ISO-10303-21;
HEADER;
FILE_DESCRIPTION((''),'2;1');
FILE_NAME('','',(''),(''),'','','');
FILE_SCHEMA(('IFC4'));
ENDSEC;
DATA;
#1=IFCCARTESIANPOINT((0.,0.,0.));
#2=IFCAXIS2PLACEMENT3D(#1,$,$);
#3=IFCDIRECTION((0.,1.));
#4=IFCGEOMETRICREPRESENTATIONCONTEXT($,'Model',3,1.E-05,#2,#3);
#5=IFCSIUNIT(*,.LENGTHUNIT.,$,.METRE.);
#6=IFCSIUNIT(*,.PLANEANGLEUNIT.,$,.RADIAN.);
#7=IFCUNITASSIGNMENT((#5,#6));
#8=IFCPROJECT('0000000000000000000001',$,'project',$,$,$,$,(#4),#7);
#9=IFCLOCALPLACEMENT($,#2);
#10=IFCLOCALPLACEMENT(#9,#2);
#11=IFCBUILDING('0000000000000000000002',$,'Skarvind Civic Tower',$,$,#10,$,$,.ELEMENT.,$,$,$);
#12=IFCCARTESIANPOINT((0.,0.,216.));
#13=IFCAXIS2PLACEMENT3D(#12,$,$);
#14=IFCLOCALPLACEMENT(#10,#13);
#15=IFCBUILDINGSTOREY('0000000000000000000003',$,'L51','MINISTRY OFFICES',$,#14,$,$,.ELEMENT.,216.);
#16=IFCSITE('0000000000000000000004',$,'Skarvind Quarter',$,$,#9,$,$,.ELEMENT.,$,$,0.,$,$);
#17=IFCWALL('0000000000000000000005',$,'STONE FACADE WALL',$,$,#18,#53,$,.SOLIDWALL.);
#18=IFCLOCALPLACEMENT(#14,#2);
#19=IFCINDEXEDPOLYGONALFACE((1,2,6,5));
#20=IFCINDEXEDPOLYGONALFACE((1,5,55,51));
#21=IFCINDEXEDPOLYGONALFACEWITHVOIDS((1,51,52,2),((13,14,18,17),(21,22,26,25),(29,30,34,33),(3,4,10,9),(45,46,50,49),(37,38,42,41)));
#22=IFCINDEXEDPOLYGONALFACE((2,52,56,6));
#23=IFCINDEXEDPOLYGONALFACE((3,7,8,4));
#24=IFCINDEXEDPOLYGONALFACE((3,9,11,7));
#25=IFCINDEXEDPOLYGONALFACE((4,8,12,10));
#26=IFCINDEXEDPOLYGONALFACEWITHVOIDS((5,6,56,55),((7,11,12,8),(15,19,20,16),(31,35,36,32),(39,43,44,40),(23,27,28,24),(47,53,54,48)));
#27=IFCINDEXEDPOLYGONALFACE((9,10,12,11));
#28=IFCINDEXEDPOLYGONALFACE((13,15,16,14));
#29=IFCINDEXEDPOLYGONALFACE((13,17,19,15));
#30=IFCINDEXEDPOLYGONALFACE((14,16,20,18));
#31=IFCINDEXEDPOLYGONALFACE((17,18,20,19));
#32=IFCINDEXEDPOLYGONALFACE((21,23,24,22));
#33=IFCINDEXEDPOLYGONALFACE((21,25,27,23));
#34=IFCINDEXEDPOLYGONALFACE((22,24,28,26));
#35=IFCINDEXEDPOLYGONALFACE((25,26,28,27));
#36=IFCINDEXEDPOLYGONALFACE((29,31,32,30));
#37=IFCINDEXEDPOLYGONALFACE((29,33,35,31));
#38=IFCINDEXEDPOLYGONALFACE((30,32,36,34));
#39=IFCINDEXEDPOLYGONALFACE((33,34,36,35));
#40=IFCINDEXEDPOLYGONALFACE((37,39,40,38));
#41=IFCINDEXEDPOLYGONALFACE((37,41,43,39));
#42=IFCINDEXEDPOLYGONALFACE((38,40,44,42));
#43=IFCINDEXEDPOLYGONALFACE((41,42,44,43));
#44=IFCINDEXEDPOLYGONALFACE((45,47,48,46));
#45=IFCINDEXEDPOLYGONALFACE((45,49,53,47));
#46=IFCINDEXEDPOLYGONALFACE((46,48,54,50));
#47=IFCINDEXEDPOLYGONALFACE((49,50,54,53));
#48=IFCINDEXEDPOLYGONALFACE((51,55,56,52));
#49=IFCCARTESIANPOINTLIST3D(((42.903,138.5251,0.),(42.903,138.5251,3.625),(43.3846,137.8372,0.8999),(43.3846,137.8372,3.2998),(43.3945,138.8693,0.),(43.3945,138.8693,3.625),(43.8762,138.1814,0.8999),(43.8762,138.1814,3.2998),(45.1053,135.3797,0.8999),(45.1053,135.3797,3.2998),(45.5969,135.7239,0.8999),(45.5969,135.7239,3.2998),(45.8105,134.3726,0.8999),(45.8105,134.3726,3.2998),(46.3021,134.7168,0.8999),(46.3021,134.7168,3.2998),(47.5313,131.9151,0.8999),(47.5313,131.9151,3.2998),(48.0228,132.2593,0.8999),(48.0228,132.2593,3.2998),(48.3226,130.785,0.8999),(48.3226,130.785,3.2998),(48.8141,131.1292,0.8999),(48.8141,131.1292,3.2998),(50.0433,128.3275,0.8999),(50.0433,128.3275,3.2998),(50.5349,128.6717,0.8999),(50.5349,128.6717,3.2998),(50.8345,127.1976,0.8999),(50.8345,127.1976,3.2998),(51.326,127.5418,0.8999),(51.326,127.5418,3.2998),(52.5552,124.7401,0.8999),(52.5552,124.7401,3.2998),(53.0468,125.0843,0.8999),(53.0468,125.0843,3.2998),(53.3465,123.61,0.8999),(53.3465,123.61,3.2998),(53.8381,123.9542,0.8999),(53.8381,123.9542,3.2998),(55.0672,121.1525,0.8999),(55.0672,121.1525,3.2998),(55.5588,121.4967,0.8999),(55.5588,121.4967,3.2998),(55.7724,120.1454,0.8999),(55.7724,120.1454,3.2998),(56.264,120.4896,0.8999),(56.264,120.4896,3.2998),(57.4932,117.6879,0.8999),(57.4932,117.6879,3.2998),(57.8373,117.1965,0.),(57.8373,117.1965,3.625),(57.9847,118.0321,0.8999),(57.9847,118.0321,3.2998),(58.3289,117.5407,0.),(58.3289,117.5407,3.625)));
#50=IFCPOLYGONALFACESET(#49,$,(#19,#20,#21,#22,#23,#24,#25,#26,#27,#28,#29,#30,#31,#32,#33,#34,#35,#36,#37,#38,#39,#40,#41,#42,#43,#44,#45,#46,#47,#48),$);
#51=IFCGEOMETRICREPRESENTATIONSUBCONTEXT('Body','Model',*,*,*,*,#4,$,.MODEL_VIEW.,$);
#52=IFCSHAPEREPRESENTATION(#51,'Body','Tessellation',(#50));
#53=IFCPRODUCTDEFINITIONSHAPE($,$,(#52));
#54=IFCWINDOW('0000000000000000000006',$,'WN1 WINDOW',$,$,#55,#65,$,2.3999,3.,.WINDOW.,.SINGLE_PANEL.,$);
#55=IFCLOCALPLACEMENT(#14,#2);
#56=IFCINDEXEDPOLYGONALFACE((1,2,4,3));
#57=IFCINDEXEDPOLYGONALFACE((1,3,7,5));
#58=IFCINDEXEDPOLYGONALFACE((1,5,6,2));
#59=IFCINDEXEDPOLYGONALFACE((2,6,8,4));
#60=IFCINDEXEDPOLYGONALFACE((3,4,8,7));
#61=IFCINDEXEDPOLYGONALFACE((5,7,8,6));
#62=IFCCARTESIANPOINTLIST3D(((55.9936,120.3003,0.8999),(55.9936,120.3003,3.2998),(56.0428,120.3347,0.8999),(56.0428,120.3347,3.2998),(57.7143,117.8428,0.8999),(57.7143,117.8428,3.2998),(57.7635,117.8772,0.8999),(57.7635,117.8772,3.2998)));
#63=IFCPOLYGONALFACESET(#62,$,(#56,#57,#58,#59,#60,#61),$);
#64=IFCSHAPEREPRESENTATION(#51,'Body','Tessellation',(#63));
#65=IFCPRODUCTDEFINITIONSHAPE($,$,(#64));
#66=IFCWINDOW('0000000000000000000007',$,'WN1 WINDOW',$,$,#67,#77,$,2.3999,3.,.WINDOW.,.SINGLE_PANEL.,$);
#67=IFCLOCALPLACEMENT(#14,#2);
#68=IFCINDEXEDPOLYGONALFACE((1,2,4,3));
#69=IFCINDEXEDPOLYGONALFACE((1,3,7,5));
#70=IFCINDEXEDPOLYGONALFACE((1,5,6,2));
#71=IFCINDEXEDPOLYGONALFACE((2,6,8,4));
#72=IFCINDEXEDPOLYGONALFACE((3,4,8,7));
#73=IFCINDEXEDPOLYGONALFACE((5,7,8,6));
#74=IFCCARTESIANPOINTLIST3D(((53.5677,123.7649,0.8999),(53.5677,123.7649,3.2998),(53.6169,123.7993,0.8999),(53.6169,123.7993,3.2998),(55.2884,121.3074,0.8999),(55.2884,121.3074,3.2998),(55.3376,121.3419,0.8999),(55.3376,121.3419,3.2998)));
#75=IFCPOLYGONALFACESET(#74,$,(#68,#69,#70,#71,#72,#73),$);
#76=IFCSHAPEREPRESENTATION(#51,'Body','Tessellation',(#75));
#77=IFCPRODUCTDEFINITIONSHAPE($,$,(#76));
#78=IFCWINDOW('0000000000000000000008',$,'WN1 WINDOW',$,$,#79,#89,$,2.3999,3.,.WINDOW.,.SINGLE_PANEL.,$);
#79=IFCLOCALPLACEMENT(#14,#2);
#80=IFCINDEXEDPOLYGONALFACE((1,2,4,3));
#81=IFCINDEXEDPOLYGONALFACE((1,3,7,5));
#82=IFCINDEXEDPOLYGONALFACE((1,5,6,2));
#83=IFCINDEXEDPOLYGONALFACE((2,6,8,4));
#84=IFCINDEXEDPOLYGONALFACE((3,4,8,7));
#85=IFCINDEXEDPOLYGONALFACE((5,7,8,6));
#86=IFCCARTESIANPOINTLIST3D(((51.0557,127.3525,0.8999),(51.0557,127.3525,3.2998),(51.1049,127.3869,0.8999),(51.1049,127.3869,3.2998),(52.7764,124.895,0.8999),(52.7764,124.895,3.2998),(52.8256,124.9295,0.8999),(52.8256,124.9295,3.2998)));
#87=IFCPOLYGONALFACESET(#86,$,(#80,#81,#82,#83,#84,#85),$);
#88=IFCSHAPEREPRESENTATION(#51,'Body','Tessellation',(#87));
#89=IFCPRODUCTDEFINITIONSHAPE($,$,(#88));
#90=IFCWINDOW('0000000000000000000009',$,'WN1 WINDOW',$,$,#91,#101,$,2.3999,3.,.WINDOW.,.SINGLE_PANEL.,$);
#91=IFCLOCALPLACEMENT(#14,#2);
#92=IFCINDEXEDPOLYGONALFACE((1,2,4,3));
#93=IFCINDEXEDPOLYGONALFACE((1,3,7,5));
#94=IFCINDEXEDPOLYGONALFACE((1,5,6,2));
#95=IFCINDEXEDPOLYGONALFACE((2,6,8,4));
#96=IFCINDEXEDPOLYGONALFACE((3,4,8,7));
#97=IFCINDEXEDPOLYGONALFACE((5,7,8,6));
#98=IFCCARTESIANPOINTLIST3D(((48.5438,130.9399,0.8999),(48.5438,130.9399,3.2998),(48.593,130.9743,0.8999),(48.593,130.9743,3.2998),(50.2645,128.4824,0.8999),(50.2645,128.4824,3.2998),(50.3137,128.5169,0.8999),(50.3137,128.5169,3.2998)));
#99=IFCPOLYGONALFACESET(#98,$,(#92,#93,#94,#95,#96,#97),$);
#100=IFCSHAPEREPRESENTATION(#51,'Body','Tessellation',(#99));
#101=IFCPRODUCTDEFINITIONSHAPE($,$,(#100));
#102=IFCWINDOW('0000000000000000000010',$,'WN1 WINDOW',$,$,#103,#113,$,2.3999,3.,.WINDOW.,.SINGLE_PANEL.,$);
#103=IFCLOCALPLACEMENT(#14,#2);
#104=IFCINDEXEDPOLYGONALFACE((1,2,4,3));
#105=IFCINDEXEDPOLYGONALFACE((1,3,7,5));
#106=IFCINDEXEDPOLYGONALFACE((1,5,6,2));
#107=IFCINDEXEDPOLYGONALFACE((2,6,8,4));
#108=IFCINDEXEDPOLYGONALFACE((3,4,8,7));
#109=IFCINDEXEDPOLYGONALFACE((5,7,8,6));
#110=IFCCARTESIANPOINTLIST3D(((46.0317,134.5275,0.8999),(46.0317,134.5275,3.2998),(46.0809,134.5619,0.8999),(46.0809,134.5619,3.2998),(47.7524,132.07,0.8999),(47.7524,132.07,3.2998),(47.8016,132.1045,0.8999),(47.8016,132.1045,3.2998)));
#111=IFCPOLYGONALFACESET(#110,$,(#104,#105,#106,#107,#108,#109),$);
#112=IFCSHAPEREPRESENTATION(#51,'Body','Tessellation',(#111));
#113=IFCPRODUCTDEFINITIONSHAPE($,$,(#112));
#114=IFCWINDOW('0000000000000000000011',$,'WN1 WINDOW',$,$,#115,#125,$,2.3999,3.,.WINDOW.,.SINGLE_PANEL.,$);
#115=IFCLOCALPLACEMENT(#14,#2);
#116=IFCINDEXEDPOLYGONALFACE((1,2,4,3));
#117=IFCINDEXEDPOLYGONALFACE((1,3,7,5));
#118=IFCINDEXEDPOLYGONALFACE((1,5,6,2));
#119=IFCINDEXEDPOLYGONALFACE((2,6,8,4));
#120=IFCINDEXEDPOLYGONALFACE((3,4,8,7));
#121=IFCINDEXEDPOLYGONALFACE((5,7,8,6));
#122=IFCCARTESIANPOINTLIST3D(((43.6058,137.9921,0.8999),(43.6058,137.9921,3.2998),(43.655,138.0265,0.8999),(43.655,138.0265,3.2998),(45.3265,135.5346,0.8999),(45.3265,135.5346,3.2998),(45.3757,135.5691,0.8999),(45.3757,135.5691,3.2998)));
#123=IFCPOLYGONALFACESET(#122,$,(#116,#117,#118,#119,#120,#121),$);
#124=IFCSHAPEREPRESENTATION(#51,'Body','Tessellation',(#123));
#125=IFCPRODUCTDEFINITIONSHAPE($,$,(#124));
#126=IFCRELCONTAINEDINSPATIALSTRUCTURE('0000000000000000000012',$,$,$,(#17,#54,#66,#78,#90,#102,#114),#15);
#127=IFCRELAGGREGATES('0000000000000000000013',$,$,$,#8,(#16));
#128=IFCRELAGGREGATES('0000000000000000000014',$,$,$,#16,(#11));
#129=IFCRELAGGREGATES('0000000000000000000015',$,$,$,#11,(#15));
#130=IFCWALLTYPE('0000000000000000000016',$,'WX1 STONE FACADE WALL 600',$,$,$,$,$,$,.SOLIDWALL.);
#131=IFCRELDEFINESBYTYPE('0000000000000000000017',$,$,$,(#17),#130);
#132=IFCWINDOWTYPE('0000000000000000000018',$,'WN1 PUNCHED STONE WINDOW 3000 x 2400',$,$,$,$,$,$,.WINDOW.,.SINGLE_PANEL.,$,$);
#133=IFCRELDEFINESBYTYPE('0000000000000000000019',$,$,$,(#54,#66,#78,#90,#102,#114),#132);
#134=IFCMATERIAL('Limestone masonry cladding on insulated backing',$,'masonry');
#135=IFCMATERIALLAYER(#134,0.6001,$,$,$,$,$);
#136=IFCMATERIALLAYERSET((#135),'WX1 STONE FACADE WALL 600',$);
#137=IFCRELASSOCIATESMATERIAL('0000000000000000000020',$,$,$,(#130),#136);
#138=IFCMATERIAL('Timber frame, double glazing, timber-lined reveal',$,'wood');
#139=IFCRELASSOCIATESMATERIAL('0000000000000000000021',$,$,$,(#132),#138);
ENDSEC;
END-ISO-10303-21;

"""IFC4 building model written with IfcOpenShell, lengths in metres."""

from ifc_helpers import new_model, si_unit, direction, frame, frame_2d, origin, place, context, subcontext, project, spatial, rectangle, extrude, material, layer, layer_set, type_object, element, fill, save


model = new_model("IFC4")

# Units and contexts
model_context = context("Model", 3, precision=1e-05, world=origin(), true_north=direction((0.0, 1.0)))
body_context = subcontext(model_context, "Body", "Model", "MODEL_VIEW")
ifc_project = project(units=[si_unit("LENGTHUNIT", "METRE"), si_unit("PLANEANGLEUNIT", "RADIAN")], contexts=[model_context])

# Site, building, storey
site_placement = place(None, origin())
site = spatial("IfcSite", under=ifc_project, at=site_placement, Name="Skarvind Quarter", CompositionType="ELEMENT", RefElevation=0.0)
building_placement = place(site_placement, origin())
building = spatial("IfcBuilding", under=site, at=building_placement, Name="Skarvind Civic Tower", CompositionType="ELEMENT")
storey_placement = place(building_placement, frame((0.0, 0.0, 216.0)))
storey = spatial("IfcBuildingStorey", under=building, at=storey_placement, Name="L51", Description="MINISTRY OFFICES", CompositionType="ELEMENT", Elevation=216.0)

# Wall, openings, windows
ifc_material_1 = material(Name="Limestone masonry cladding on insulated backing", Category="masonry")
ifc_layer_1 = layer(ifc_material_1, 0.6001)
ifc_layer_set_1 = layer_set([ifc_layer_1], Name="WX1 STONE FACADE WALL 600")
wall_type_1 = type_object("IfcWallType", Name="WX1 STONE FACADE WALL 600", PredefinedType="SOLIDWALL", material=ifc_layer_set_1)
wall_1_placement = place(storey_placement, frame((58.083, 117.3687, 0.0), z_axis=(0.0, 0.0, 1.0), x_axis=(-0.573573, 0.819154, 0.0)))
wall_1 = element("IfcWall", 1, at=wall_1_placement, inside=storey, type_object=wall_type_1, Name="STONE FACADE WALL", PredefinedType="SOLIDWALL", context=body_context, shape_type="SweptSolid", body=[
    extrude(rectangle(XDim=26.0374, YDim=0.6001, at=frame_2d((13.0186, 0.0))), origin(), (0.0, 0.0, 1.0), 3.625),
])
opening_1_placement = place(wall_1_placement, frame((0.5999, 0.0, 0.8999)))
opening_1 = element("IfcOpeningElement", 2, at=opening_1_placement, cuts=wall_1, PredefinedType="OPENING", context=body_context, shape_type="SweptSolid", body=[
    extrude(rectangle(XDim=3.0, YDim=2.3999, at=frame_2d((1.5, 1.2))), frame((0.0, 0.3101, 0.0), z_axis=(0.0, -1.0, 0.0), x_axis=(1.0, 0.0, 0.0)), (0.0, 0.0, 1.0), 0.6201),
])
opening_2_placement = place(wall_1_placement, frame((4.8293, 0.0, 0.8999)))
opening_2 = element("IfcOpeningElement", 3, at=opening_2_placement, cuts=wall_1, PredefinedType="OPENING", context=body_context, shape_type="SweptSolid", body=[
    extrude(rectangle(XDim=3.0, YDim=2.3999, at=frame_2d((1.5, 1.2))), frame((0.0, 0.3101, 0.0), z_axis=(0.0, -1.0, 0.0), x_axis=(1.0, 0.0, 0.0)), (0.0, 0.0, 1.0), 0.6201),
])
opening_3_placement = place(wall_1_placement, frame((9.209, 0.0, 0.8999)))
opening_3 = element("IfcOpeningElement", 4, at=opening_3_placement, cuts=wall_1, PredefinedType="OPENING", context=body_context, shape_type="SweptSolid", body=[
    extrude(rectangle(XDim=3.0, YDim=2.3999, at=frame_2d((1.5, 1.2))), frame((0.0, 0.3101, 0.0), z_axis=(0.0, -1.0, 0.0), x_axis=(1.0, 0.0, 0.0)), (0.0, 0.0, 1.0), 0.6201),
])
opening_4_placement = place(wall_1_placement, frame((13.5884, 0.0, 0.8999)))
opening_4 = element("IfcOpeningElement", 5, at=opening_4_placement, cuts=wall_1, PredefinedType="OPENING", context=body_context, shape_type="SweptSolid", body=[
    extrude(rectangle(XDim=3.0, YDim=2.3999, at=frame_2d((1.5, 1.2))), frame((0.0, 0.3101, 0.0), z_axis=(0.0, -1.0, 0.0), x_axis=(1.0, 0.0, 0.0)), (0.0, 0.0, 1.0), 0.6201),
])
opening_5_placement = place(wall_1_placement, frame((17.968, 0.0, 0.8999)))
opening_5 = element("IfcOpeningElement", 6, at=opening_5_placement, cuts=wall_1, PredefinedType="OPENING", context=body_context, shape_type="SweptSolid", body=[
    extrude(rectangle(XDim=3.0, YDim=2.3999, at=frame_2d((1.5, 1.2))), frame((0.0, 0.3101, 0.0), z_axis=(0.0, -1.0, 0.0), x_axis=(1.0, 0.0, 0.0)), (0.0, 0.0, 1.0), 0.6201),
])
opening_6_placement = place(wall_1_placement, frame((22.1975, 0.0, 0.8999)))
opening_6 = element("IfcOpeningElement", 7, at=opening_6_placement, cuts=wall_1, PredefinedType="OPENING", context=body_context, shape_type="SweptSolid", body=[
    extrude(rectangle(XDim=3.0, YDim=2.3999, at=frame_2d((1.5, 1.2))), frame((0.0, 0.3101, 0.0), z_axis=(0.0, -1.0, 0.0), x_axis=(1.0, 0.0, 0.0)), (0.0, 0.0, 1.0), 0.6201),
])
ifc_material_2 = material(Name="Timber frame, double glazing, timber-lined reveal", Category="wood")
window_type = type_object("IfcWindowType", Name="WN1 PUNCHED STONE WINDOW 3000 x 2400", PartitioningType="SINGLE_PANEL", PredefinedType="WINDOW", material=ifc_material_2)
window_1_placement = place(opening_1_placement, origin())
window_1 = element("IfcWindow", 8, at=window_1_placement, inside=storey, type_object=window_type, Name="WN1 WINDOW", OverallHeight=2.3999, OverallWidth=3.0, PartitioningType="SINGLE_PANEL", PredefinedType="WINDOW", context=body_context, shape_type="SweptSolid", body=[
    extrude(rectangle(XDim=3.0, YDim=2.3999, at=frame_2d((1.5, 1.2))), frame((0.0, 0.03, 0.0), z_axis=(0.0, -1.0, 0.0), x_axis=(1.0, 0.0, 0.0)), (0.0, 0.0, 1.0), 0.0601),
])
fill(opening_1, window_1)
window_2_placement = place(opening_2_placement, origin())
window_2 = element("IfcWindow", 9, at=window_2_placement, inside=storey, type_object=window_type, Name="WN1 WINDOW", OverallHeight=2.3999, OverallWidth=3.0, PartitioningType="SINGLE_PANEL", PredefinedType="WINDOW", context=body_context, shape_type="SweptSolid", body=[
    extrude(rectangle(XDim=3.0, YDim=2.3999, at=frame_2d((1.5, 1.2))), frame((0.0, 0.03, 0.0), z_axis=(0.0, -1.0, 0.0), x_axis=(1.0, 0.0, 0.0)), (0.0, 0.0, 1.0), 0.0601),
])
fill(opening_2, window_2)
window_3_placement = place(opening_3_placement, origin())
window_3 = element("IfcWindow", 10, at=window_3_placement, inside=storey, type_object=window_type, Name="WN1 WINDOW", OverallHeight=2.3999, OverallWidth=3.0, PartitioningType="SINGLE_PANEL", PredefinedType="WINDOW", context=body_context, shape_type="SweptSolid", body=[
    extrude(rectangle(XDim=3.0, YDim=2.3999, at=frame_2d((1.5, 1.2))), frame((0.0, 0.03, 0.0), z_axis=(0.0, -1.0, 0.0), x_axis=(1.0, 0.0, 0.0)), (0.0, 0.0, 1.0), 0.0601),
])
fill(opening_3, window_3)
window_4_placement = place(opening_4_placement, origin())
window_4 = element("IfcWindow", 11, at=window_4_placement, inside=storey, type_object=window_type, Name="WN1 WINDOW", OverallHeight=2.3999, OverallWidth=3.0, PartitioningType="SINGLE_PANEL", PredefinedType="WINDOW", context=body_context, shape_type="SweptSolid", body=[
    extrude(rectangle(XDim=3.0, YDim=2.3999, at=frame_2d((1.5, 1.2))), frame((0.0, 0.03, 0.0), z_axis=(0.0, -1.0, 0.0), x_axis=(1.0, 0.0, 0.0)), (0.0, 0.0, 1.0), 0.0601),
])
fill(opening_4, window_4)
window_5_placement = place(opening_5_placement, origin())
window_5 = element("IfcWindow", 12, at=window_5_placement, inside=storey, type_object=window_type, Name="WN1 WINDOW", OverallHeight=2.3999, OverallWidth=3.0, PartitioningType="SINGLE_PANEL", PredefinedType="WINDOW", context=body_context, shape_type="SweptSolid", body=[
    extrude(rectangle(XDim=3.0, YDim=2.3999, at=frame_2d((1.5, 1.2))), frame((0.0, 0.03, 0.0), z_axis=(0.0, -1.0, 0.0), x_axis=(1.0, 0.0, 0.0)), (0.0, 0.0, 1.0), 0.0601),
])
fill(opening_5, window_5)
window_6_placement = place(opening_6_placement, origin())
window_6 = element("IfcWindow", 13, at=window_6_placement, inside=storey, type_object=window_type, Name="WN1 WINDOW", OverallHeight=2.3999, OverallWidth=3.0, PartitioningType="SINGLE_PANEL", PredefinedType="WINDOW", context=body_context, shape_type="SweptSolid", body=[
    extrude(rectangle(XDim=3.0, YDim=2.3999, at=frame_2d((1.5, 1.2))), frame((0.0, 0.03, 0.0), z_axis=(0.0, -1.0, 0.0), x_axis=(1.0, 0.0, 0.0)), (0.0, 0.0, 1.0), 0.0601),
])
fill(opening_6, window_6)

save(model, "model.ifc")
